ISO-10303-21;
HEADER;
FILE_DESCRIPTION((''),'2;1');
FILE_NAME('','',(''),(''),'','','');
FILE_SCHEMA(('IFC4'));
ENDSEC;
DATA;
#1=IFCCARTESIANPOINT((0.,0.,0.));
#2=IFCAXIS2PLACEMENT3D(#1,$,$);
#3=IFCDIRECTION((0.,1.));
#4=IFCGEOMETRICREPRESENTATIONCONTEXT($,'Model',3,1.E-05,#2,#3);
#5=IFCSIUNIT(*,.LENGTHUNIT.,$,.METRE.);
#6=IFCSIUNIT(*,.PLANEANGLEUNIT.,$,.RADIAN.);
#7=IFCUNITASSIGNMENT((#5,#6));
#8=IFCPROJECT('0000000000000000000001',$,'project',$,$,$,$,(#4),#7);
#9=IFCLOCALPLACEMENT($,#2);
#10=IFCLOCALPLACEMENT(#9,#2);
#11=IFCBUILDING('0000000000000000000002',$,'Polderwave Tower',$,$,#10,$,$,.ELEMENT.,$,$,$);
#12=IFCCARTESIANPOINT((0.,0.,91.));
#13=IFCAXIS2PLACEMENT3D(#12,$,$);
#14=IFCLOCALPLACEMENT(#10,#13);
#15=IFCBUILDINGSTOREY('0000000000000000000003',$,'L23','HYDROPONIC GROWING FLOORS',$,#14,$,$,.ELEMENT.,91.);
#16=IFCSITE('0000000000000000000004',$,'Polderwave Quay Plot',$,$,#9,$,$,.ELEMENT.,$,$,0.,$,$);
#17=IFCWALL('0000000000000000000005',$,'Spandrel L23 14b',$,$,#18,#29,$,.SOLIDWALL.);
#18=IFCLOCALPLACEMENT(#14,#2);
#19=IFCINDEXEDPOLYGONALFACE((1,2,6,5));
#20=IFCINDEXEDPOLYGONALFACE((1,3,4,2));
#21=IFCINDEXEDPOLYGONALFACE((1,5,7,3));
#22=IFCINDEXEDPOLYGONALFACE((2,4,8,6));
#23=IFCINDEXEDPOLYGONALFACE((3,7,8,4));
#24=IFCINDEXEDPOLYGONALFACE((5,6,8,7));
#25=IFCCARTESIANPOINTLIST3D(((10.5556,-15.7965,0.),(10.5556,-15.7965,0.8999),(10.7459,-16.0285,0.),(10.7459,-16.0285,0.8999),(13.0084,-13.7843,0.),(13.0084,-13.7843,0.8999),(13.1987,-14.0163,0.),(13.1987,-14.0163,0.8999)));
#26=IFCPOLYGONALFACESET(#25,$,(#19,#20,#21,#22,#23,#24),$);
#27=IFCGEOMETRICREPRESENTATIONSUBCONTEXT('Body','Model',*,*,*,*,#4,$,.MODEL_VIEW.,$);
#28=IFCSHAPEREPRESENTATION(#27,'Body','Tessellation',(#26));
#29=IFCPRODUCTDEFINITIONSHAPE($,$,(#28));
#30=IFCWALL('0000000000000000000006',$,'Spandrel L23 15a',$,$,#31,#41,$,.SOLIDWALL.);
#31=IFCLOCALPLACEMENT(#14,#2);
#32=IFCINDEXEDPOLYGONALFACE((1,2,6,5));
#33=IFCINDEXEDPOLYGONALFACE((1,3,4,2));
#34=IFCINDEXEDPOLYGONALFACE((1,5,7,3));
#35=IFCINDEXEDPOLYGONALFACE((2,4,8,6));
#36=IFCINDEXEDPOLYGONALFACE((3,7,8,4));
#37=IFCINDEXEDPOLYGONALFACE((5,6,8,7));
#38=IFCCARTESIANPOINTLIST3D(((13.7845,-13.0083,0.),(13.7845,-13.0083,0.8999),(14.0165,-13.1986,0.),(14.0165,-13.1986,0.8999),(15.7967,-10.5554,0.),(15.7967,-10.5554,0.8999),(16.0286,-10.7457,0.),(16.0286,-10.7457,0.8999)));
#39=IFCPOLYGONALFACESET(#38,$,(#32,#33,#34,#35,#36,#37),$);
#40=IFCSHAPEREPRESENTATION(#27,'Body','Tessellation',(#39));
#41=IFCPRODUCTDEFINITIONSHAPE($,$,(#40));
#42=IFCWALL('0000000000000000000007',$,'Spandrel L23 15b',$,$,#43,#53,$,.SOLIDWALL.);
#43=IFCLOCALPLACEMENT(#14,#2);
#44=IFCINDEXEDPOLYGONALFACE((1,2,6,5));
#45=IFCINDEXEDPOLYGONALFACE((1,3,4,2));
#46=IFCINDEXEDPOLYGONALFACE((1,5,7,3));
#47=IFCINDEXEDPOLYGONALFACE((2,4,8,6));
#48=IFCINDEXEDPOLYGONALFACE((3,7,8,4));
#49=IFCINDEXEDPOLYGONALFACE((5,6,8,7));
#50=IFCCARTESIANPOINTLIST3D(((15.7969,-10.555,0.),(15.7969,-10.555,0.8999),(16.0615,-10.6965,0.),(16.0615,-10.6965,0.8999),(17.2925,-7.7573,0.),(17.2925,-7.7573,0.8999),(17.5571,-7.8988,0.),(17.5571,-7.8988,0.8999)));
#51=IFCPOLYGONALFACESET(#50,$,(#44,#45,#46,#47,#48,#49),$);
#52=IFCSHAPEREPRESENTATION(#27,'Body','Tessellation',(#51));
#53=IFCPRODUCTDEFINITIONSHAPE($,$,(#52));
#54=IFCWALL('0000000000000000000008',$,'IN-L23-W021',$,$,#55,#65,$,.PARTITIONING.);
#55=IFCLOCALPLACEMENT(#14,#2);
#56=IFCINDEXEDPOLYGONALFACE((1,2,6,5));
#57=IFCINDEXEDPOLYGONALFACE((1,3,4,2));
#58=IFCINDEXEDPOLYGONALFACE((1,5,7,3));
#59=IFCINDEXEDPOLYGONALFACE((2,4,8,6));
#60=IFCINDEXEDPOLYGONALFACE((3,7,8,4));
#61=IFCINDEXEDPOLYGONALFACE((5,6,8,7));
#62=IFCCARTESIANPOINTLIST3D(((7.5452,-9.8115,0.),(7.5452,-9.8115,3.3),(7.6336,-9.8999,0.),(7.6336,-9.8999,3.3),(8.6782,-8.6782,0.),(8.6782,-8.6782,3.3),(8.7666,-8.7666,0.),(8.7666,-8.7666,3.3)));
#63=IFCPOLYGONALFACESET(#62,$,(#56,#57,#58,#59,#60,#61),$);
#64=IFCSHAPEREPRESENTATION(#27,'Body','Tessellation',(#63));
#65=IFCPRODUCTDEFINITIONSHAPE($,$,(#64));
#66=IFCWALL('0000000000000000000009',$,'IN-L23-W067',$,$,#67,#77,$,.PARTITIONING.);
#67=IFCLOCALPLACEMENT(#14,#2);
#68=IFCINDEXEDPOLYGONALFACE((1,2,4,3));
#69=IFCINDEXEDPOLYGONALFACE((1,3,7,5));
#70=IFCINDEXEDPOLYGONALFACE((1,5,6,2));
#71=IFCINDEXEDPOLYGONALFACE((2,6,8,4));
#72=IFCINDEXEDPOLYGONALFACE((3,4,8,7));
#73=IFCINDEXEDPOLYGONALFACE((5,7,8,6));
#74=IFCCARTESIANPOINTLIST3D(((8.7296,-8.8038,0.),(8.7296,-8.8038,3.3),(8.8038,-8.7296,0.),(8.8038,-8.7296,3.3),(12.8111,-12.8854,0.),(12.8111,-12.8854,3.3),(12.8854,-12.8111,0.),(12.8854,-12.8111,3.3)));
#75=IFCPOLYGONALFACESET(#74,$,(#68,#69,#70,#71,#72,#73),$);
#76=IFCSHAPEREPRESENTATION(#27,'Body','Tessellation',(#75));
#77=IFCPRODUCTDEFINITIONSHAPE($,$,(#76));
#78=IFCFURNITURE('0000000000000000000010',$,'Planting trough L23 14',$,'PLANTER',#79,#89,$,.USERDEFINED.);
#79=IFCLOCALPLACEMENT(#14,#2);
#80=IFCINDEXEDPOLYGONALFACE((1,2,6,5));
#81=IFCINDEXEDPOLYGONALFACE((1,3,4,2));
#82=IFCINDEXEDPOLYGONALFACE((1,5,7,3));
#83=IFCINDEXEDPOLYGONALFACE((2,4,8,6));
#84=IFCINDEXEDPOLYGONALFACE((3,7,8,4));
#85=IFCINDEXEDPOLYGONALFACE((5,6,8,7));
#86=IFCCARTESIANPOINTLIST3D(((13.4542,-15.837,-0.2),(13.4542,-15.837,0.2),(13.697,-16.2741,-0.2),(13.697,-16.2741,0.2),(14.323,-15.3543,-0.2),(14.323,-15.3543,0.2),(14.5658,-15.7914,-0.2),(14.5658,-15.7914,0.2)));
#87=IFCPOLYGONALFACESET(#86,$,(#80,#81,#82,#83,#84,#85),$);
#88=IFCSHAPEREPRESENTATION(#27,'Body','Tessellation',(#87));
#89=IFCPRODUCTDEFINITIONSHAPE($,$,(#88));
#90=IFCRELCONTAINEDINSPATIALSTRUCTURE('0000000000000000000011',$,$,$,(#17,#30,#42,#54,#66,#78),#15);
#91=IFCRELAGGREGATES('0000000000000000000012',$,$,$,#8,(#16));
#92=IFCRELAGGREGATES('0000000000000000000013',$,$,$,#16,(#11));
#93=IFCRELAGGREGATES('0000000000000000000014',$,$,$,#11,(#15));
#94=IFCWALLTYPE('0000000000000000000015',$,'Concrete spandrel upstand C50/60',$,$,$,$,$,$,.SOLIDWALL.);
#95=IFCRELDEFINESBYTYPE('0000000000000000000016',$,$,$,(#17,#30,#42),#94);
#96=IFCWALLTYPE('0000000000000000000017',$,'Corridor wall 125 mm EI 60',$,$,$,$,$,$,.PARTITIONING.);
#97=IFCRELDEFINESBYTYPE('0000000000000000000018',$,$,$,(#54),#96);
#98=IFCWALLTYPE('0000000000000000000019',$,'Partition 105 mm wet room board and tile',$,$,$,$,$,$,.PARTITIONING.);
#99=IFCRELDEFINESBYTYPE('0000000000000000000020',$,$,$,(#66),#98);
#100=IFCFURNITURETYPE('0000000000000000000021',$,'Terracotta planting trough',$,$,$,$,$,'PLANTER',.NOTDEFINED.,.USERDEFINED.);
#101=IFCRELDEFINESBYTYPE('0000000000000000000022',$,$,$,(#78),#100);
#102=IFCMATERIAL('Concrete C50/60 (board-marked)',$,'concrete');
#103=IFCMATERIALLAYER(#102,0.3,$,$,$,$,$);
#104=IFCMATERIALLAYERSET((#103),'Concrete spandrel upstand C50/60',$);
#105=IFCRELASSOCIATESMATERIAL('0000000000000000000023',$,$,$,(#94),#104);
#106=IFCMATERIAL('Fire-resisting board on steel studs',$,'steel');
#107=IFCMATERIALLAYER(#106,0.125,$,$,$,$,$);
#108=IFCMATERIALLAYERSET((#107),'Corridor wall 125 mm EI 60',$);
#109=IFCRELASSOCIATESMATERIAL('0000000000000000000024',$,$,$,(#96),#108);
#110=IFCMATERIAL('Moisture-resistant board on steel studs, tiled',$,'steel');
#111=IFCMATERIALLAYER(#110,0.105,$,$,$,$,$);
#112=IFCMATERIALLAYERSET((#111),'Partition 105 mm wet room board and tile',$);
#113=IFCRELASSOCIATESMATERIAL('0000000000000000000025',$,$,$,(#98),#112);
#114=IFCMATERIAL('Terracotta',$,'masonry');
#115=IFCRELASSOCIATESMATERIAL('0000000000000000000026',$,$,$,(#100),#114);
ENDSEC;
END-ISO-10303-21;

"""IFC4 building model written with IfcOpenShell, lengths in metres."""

from ifc_helpers import new_model, si_unit, direction, frame, frame_2d, origin, origin_2d, place, context, subcontext, project, spatial, rectangle, extrude, material, layer, layer_set, type_object, element, save


model = new_model("IFC4")

# Units and contexts
model_context = context("Model", 3, precision=1e-05, world=origin(), true_north=direction((0.0, 1.0)))
body_context = subcontext(model_context, "Body", "Model", "MODEL_VIEW")
ifc_project = project(units=[si_unit("LENGTHUNIT", "METRE"), si_unit("PLANEANGLEUNIT", "RADIAN")], contexts=[model_context])

# Site, building, storey
site_placement = place(None, origin())
site = spatial("IfcSite", under=ifc_project, at=site_placement, Name="Polderwave Quay Plot", CompositionType="ELEMENT", RefElevation=0.0)
building_placement = place(site_placement, origin())
building = spatial("IfcBuilding", under=site, at=building_placement, Name="Polderwave Tower", CompositionType="ELEMENT")
storey_placement = place(building_placement, frame((0.0, 0.0, 91.0)))
storey = spatial("IfcBuildingStorey", under=building, at=storey_placement, Name="L23", Description="HYDROPONIC GROWING FLOORS", CompositionType="ELEMENT", Elevation=91.0)

# Walls
ifc_material_1 = material(Name="Concrete C50/60 (board-marked)", Category="concrete")
ifc_layer_1 = layer(ifc_material_1, 0.3)
ifc_layer_set_1 = layer_set([ifc_layer_1], Name="Concrete spandrel upstand C50/60")
wall_type_1 = type_object("IfcWallType", Name="Concrete spandrel upstand C50/60", PredefinedType="SOLIDWALL", material=ifc_layer_set_1)
for number, where, z_axis, x_axis, name in (
    (1, (10.6506, -15.9126, 0.0), (0.0, 0.0, 1.0), (0.773137, 0.634239, 0.0), "Spandrel L23 14b"),
    (2, (13.9004, -13.1035, 0.0), (0.0, 0.0, 1.0), (0.634239, 0.773137, 0.0), "Spandrel L23 15a"),
):
    element("IfcWall", number, at=place(storey_placement, frame(where, z_axis=z_axis, x_axis=x_axis)), inside=storey, type_object=wall_type_1, Name=name, PredefinedType="SOLIDWALL", context=body_context, shape_type="SweptSolid", body=[
        extrude(rectangle(XDim=3.1726, YDim=0.3, at=frame_2d((1.5864, 0.0))), origin(), (0.0, 0.0, 1.0), 0.8999),
    ])
wall_1_placement = place(storey_placement, frame((15.9292, -10.6257, 0.0), z_axis=(0.0, 0.0, 1.0), x_axis=(0.471459, 0.881888, 0.0)))
element("IfcWall", 3, at=wall_1_placement, inside=storey, type_object=wall_type_1, Name="Spandrel L23 15b", PredefinedType="SOLIDWALL", context=body_context, shape_type="SweptSolid", body=[
    extrude(rectangle(XDim=3.1724, YDim=0.3, at=frame_2d((1.5862, 0.0))), origin(), (0.0, 0.0, 1.0), 0.8999),
])
ifc_material_2 = material(Name="Fire-resisting board on steel studs", Category="steel")
ifc_layer_2 = layer(ifc_material_2, 0.125)
ifc_layer_set_2 = layer_set([ifc_layer_2], Name="Corridor wall 125 mm EI 60")
wall_type_2 = type_object("IfcWallType", Name="Corridor wall 125 mm EI 60", PredefinedType="PARTITIONING", material=ifc_layer_set_2)
wall_2_placement = place(storey_placement, frame((8.7224, -8.7224, 0.0), z_axis=(0.0, 0.0, 1.0), x_axis=(-0.707031, -0.707183, 0.0)))
element("IfcWall", 4, at=wall_2_placement, inside=storey, type_object=wall_type_2, Name="IN-L23-W021", PredefinedType="PARTITIONING", context=body_context, shape_type="SweptSolid", body=[
    extrude(rectangle(XDim=1.6025, YDim=0.125, at=frame_2d((0.8013, 0.0))), origin(), (0.0, 0.0, 1.0), 3.3),
])
ifc_material_3 = material(Name="Moisture-resistant board on steel studs, tiled", Category="steel")
ifc_layer_3 = layer(ifc_material_3, 0.105)
ifc_layer_set_3 = layer_set([ifc_layer_3], Name="Partition 105 mm wet room board and tile")
wall_type_3 = type_object("IfcWallType", Name="Partition 105 mm wet room board and tile", PredefinedType="PARTITIONING", material=ifc_layer_set_3)
wall_3_placement = place(storey_placement, frame((8.7666, -8.7666, 0.0), z_axis=(0.0, 0.0, 1.0), x_axis=(0.707107, -0.707107, 0.0)))
element("IfcWall", 5, at=wall_3_placement, inside=storey, type_object=wall_type_3, Name="IN-L23-W067", PredefinedType="PARTITIONING", context=body_context, shape_type="SweptSolid", body=[
    extrude(rectangle(XDim=5.7722, YDim=0.105, at=frame_2d((2.8862, 0.0))), origin(), (0.0, 0.0, 1.0), 3.3),
])

# Furniture
ifc_material_4 = material(Name="Terracotta", Category="masonry")
furniture_type = type_object("IfcFurnitureType", Name="Terracotta planting trough", ElementType="PLANTER", AssemblyPlace="NOTDEFINED", PredefinedType="USERDEFINED", material=ifc_material_4)
furniture_placement = place(storey_placement, frame((14.01, -15.8142, -0.2), z_axis=(0.0, 0.0, 1.0), x_axis=(0.874123, 0.485704, 0.0)))
element("IfcFurniture", 6, at=furniture_placement, inside=storey, type_object=furniture_type, Name="Planting trough L23 14", ObjectType="PLANTER", PredefinedType="USERDEFINED", context=body_context, shape_type="SweptSolid", body=[
    extrude(rectangle(XDim=0.9939, YDim=0.5, at=origin_2d()), origin(), (0.0, 0.0, 1.0), 0.3999),
])

save(model, "model.ifc")
